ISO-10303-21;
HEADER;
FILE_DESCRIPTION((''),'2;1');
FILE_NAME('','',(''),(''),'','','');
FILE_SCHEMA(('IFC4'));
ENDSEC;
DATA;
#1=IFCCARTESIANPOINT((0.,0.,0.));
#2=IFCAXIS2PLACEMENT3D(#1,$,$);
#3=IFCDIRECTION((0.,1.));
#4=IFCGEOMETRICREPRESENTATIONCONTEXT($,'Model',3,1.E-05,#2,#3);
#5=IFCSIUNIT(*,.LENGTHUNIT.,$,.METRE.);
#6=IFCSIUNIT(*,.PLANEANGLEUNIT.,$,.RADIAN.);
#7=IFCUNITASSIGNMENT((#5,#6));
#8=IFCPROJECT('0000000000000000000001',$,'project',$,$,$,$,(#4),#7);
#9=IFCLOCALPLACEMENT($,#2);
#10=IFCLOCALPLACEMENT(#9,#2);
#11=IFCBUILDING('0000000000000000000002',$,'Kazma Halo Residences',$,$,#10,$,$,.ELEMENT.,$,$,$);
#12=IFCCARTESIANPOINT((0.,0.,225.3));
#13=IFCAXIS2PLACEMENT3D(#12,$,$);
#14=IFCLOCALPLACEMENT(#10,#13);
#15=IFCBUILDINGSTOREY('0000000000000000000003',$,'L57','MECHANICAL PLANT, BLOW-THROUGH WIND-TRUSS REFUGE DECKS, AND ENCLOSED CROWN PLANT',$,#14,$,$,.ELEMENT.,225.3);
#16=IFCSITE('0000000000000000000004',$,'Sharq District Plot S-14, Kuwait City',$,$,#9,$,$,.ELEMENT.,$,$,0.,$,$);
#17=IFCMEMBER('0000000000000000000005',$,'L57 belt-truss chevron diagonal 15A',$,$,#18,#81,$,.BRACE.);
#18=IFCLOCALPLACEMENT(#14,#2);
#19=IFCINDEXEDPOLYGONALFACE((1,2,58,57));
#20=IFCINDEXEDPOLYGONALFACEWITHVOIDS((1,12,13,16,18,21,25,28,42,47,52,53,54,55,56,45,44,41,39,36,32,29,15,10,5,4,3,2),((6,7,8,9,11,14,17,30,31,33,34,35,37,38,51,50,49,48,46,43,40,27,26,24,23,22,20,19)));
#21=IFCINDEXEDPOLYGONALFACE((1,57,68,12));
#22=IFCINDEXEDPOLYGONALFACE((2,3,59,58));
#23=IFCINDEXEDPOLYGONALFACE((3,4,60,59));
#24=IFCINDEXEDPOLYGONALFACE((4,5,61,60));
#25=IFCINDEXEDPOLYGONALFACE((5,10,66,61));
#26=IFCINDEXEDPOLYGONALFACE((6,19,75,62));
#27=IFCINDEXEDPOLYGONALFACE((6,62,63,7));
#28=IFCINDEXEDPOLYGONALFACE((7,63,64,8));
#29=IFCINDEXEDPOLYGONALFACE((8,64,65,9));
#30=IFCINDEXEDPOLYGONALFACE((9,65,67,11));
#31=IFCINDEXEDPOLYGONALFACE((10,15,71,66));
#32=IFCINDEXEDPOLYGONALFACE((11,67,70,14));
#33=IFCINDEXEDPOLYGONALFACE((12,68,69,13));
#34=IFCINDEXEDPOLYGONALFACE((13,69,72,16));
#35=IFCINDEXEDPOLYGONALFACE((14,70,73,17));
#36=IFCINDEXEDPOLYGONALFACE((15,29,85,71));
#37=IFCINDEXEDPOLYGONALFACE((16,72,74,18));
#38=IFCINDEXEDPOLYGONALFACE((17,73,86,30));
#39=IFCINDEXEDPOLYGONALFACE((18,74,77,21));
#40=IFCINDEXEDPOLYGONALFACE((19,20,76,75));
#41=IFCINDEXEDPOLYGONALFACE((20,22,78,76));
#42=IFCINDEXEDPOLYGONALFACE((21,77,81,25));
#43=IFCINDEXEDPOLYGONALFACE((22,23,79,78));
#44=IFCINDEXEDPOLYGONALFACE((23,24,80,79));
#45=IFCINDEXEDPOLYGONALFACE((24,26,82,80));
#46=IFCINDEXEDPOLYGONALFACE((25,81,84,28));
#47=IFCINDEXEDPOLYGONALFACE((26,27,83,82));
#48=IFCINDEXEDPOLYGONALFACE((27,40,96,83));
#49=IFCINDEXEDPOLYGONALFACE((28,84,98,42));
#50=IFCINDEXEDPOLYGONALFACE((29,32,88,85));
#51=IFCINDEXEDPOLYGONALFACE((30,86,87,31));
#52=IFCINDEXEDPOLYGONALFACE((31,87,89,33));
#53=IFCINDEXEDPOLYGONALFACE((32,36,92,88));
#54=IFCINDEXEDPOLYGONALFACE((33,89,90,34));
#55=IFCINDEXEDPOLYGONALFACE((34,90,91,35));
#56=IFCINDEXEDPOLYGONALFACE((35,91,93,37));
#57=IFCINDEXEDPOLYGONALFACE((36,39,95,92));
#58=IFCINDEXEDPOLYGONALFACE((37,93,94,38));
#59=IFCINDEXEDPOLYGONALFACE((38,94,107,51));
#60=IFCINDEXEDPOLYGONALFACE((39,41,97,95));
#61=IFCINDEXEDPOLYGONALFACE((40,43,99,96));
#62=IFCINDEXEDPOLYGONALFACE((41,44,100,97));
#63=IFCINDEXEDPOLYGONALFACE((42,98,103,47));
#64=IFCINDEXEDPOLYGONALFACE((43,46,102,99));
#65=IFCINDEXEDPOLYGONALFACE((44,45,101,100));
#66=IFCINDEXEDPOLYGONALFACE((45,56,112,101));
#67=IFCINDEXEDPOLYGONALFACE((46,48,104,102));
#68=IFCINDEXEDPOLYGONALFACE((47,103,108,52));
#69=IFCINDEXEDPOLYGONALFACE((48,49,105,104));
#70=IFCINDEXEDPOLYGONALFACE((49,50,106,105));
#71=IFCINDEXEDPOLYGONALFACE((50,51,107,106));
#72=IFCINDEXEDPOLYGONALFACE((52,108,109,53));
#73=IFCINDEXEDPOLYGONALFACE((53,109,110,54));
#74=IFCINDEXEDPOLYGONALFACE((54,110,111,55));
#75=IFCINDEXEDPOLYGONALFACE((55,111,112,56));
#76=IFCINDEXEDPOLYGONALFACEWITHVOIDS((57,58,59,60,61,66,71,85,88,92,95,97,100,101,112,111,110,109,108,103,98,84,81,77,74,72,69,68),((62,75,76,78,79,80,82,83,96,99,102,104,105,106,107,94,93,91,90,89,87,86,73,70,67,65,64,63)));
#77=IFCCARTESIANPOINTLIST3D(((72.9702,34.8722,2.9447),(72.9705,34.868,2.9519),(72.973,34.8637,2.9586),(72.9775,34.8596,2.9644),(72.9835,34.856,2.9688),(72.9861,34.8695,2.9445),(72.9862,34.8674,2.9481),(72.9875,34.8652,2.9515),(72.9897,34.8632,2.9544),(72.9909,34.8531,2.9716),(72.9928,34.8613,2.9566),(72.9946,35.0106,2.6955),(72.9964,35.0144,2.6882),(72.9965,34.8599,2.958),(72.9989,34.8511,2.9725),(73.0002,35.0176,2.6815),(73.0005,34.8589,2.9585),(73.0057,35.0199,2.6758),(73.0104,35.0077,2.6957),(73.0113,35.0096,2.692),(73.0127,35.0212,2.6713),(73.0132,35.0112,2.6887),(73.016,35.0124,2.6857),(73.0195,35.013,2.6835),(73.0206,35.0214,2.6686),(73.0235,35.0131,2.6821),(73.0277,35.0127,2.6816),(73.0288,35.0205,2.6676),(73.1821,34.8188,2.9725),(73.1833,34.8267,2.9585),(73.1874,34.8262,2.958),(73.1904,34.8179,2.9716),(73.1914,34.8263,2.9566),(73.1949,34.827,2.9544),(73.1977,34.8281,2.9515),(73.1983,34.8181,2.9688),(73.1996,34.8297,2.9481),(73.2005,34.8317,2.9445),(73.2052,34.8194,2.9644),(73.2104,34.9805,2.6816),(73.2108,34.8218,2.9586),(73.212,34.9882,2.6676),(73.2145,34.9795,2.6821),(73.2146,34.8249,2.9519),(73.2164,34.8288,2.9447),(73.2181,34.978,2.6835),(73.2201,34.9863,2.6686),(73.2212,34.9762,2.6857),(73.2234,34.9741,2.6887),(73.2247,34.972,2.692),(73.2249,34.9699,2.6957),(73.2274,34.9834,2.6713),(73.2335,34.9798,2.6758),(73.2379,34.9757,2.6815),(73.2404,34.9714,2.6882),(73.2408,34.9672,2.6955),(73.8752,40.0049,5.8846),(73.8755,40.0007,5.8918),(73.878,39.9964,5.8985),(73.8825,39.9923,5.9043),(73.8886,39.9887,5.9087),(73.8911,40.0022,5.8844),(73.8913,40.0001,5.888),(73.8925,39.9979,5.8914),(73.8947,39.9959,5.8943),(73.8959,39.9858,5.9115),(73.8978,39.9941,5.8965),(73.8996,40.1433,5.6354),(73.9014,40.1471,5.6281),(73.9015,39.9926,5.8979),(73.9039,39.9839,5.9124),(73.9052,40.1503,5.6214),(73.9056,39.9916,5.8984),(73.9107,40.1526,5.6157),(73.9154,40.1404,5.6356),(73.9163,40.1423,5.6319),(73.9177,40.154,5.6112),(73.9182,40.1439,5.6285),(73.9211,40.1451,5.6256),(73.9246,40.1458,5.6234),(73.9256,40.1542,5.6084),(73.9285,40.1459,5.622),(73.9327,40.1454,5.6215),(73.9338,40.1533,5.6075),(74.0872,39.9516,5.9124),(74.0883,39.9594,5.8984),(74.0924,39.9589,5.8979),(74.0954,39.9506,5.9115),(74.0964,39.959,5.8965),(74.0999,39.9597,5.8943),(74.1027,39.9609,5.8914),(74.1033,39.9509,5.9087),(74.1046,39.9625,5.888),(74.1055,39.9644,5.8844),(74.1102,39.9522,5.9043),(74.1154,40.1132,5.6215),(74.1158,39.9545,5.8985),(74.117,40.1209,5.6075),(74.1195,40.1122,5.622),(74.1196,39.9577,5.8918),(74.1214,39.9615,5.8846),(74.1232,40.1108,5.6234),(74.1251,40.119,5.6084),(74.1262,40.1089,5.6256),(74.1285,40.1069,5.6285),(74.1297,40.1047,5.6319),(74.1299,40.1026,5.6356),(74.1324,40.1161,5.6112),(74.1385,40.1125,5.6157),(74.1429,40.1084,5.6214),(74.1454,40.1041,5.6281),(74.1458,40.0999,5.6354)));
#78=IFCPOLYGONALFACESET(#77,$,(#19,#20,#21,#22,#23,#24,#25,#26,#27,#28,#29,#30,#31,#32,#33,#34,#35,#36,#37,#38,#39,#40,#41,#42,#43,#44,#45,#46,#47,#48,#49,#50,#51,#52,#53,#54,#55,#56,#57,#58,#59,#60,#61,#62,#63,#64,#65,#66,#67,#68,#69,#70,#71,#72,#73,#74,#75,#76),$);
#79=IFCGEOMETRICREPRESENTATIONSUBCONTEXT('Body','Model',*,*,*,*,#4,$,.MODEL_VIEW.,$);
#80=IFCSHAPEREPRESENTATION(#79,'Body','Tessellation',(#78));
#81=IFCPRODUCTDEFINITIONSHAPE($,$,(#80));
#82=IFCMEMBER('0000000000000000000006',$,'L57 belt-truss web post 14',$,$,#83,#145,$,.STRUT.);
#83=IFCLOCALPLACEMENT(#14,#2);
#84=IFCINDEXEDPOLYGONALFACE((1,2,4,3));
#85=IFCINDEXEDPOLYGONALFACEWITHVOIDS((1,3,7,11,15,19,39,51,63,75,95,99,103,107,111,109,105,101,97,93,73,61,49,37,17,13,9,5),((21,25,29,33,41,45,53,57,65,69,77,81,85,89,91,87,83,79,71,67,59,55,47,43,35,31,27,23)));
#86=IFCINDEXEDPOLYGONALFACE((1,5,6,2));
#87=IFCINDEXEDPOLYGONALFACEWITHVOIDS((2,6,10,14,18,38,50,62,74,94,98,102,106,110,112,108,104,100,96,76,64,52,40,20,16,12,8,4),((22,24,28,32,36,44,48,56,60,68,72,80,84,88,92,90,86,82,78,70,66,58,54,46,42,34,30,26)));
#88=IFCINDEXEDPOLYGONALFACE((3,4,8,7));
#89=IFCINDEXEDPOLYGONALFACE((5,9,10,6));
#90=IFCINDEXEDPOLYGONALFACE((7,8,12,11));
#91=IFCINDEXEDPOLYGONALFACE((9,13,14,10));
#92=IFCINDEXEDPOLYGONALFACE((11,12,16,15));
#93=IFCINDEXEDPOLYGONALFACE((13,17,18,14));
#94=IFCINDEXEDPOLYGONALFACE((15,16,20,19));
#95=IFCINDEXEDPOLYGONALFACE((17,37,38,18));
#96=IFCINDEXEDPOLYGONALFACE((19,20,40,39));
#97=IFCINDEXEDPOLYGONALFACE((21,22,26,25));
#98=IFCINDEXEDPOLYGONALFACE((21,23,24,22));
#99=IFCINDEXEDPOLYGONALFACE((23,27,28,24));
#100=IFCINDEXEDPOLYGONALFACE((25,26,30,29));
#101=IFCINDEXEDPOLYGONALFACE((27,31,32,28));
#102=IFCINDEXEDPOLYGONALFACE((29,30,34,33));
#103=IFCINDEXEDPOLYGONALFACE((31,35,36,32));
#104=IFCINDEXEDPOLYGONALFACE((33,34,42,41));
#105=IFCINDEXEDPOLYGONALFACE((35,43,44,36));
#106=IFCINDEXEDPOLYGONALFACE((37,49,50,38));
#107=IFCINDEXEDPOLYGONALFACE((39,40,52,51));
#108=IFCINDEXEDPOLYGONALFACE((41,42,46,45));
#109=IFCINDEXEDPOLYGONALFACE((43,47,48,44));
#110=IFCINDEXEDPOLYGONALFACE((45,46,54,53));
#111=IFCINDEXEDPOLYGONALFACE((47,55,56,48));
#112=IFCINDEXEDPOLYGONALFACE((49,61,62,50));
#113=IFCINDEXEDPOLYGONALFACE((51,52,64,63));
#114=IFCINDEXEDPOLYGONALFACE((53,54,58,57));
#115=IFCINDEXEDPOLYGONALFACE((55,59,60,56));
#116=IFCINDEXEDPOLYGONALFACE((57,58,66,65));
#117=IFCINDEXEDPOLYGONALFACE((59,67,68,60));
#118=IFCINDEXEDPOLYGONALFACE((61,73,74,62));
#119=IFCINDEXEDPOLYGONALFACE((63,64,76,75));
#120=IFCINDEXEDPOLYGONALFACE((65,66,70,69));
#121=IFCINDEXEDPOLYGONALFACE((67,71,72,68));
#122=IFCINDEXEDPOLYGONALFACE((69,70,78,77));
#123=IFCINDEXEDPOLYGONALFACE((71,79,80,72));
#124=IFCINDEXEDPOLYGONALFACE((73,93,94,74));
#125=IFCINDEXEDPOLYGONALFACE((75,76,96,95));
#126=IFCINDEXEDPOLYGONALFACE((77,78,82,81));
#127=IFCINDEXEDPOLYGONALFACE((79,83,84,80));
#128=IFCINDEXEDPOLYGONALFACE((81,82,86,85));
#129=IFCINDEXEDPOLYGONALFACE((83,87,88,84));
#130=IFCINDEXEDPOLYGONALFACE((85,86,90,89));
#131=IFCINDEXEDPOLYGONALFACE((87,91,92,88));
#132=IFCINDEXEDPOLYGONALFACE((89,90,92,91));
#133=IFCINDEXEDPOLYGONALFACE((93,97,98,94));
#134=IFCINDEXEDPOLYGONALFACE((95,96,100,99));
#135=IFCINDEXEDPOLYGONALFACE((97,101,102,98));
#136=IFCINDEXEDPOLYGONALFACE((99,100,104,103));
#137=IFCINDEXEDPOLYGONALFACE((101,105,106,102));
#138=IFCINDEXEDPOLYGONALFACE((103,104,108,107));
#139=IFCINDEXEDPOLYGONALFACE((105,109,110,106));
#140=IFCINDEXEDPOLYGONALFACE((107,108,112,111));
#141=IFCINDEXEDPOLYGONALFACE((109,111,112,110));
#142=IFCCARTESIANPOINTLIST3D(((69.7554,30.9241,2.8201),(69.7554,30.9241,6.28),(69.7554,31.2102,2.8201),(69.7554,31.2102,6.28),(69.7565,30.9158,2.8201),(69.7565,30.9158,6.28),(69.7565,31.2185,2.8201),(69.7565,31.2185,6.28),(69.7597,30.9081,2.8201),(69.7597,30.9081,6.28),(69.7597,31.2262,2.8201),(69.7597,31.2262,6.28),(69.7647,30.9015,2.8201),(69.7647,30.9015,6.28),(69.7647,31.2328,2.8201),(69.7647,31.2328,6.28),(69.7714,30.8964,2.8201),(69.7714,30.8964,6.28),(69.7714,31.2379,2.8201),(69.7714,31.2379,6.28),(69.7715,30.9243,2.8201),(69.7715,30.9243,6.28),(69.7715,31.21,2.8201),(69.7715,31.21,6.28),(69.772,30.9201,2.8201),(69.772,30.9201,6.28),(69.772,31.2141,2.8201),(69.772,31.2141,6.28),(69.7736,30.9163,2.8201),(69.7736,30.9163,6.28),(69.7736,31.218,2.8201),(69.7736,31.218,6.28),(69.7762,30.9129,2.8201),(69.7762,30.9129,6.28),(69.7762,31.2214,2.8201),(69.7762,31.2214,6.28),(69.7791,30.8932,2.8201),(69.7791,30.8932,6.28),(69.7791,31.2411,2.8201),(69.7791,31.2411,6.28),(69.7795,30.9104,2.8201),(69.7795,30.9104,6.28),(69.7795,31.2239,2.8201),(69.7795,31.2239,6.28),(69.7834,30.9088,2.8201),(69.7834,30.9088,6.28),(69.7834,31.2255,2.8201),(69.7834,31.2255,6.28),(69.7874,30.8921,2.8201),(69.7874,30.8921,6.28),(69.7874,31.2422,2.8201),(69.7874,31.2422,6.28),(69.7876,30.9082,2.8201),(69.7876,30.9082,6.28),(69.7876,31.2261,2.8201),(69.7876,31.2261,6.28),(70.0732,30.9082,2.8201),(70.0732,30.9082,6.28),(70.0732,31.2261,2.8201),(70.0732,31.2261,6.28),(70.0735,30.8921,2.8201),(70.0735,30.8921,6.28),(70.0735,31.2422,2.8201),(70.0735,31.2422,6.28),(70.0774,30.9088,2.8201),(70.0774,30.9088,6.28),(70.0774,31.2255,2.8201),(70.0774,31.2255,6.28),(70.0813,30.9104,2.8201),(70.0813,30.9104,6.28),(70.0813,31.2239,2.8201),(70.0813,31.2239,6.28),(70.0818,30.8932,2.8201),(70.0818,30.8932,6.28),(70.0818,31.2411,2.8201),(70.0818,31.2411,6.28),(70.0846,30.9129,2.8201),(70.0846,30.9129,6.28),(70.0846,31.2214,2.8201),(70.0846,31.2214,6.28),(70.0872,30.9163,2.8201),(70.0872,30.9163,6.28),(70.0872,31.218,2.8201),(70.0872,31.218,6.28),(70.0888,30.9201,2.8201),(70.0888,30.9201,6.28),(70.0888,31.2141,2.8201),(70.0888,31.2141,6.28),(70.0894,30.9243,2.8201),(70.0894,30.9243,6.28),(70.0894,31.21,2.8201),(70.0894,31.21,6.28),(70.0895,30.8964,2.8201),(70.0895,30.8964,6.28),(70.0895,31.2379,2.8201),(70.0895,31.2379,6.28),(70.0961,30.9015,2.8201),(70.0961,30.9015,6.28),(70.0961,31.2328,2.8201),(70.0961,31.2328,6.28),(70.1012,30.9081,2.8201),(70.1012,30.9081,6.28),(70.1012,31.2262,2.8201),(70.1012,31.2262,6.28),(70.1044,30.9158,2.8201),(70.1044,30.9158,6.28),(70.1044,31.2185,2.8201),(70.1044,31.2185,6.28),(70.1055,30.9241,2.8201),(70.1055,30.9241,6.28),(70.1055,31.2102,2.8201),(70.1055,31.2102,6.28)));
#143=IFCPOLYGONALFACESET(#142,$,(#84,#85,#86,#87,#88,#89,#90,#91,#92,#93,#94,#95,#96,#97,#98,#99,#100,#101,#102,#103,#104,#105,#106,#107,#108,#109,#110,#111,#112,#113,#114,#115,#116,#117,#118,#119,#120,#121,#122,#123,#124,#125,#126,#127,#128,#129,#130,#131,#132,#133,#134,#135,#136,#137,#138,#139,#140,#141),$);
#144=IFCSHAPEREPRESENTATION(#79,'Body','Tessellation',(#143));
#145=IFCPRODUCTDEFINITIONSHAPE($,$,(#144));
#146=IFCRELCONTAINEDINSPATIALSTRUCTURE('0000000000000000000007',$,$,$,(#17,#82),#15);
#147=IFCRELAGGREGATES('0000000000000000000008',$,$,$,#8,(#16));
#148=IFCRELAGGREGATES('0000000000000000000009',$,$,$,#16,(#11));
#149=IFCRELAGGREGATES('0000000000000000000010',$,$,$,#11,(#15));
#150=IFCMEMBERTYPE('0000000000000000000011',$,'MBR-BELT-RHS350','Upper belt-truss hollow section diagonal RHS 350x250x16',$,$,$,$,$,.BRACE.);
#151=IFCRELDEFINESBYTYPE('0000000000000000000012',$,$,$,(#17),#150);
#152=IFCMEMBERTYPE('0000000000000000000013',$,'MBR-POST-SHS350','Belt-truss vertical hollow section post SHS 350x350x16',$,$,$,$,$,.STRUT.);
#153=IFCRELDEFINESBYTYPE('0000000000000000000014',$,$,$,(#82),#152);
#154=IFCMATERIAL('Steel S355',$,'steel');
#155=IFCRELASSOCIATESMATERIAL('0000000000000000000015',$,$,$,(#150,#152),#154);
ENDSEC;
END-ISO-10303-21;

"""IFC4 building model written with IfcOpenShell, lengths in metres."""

from ifc_helpers import new_model, si_unit, direction, frame, origin, origin_2d, place, context, subcontext, project, spatial, hollow_rectangle, extrude, material, material_profile, profile_set, type_object, element, save


model = new_model("IFC4")

# Units and contexts
model_context = context("Model", 3, precision=1e-05, world=origin(), true_north=direction((0.0, 1.0)))
body_context = subcontext(model_context, "Body", "Model", "MODEL_VIEW")
ifc_project = project(units=[si_unit("LENGTHUNIT", "METRE"), si_unit("PLANEANGLEUNIT", "RADIAN")], contexts=[model_context])

# Site, building, storey
site_placement = place(None, origin())
site = spatial("IfcSite", under=ifc_project, at=site_placement, Name="Sharq District Plot S-14, Kuwait City", CompositionType="ELEMENT", RefElevation=0.0)
building_placement = place(site_placement, origin())
building = spatial("IfcBuilding", under=site, at=building_placement, Name="Kazma Halo Residences", CompositionType="ELEMENT")
storey_placement = place(building_placement, frame((0.0, 0.0, 225.3)))
storey = spatial("IfcBuildingStorey", under=building, at=storey_placement, Name="L57", Description="MECHANICAL PLANT, BLOW-THROUGH WIND-TRUSS REFUGE DECKS, AND ENCLOSED CROWN PLANT", CompositionType="ELEMENT", Elevation=225.3)

# Shared definitions
ifc_material_1 = material(Name="Steel S355", Category="steel")

# Members
ifc_material_profile_1 = material_profile(ifc_material_1, hollow_rectangle(XDim=0.25, YDim=0.3501, WallThickness=0.0161, InnerFilletRadius=0.0161, OuterFilletRadius=0.032, at=origin_2d()), Name="RHS350x250x16")
ifc_profile_set_1 = profile_set([ifc_material_profile_1], Name="Steel S355")
member_type_1 = type_object("IfcMemberType", Name="MBR-BELT-RHS350", Description="Upper belt-truss hollow section diagonal RHS 350x250x16", PredefinedType="BRACE", material=ifc_profile_set_1)
member_1_placement = place(storey_placement, frame((73.1055, 34.9197, 2.8201), z_axis=(0.151242, 0.857758, 0.491301), x_axis=(-0.984809, 0.173644, 0.0)))
element("IfcMember", 1, at=member_1_placement, inside=storey, type_object=member_type_1, Name="L57 belt-truss chevron diagonal 15A", PredefinedType="BRACE", context=body_context, shape_type="SweptSolid", body=[
    extrude(hollow_rectangle(XDim=0.25, YDim=0.3501, WallThickness=0.0161, InnerFilletRadius=0.0161, OuterFilletRadius=0.032, at=origin_2d()), origin(), (0.0, 0.0, 1.0), 5.9839),
])
ifc_material_profile_2 = material_profile(ifc_material_1, hollow_rectangle(XDim=0.3501, YDim=0.3501, WallThickness=0.0161, InnerFilletRadius=0.0161, OuterFilletRadius=0.032, at=origin_2d()), Name="SHS350x350x16")
ifc_profile_set_2 = profile_set([ifc_material_profile_2], Name="Steel S355")
member_type_2 = type_object("IfcMemberType", Name="MBR-POST-SHS350", Description="Belt-truss vertical hollow section post SHS 350x350x16", PredefinedType="STRUT", material=ifc_profile_set_2)
for number, where, z_axis, x_axis, name in (
    (2, (69.9304, 31.0671, 2.8201), (0.0, 0.0, 1.0), (1.0, 0.0, 0.0), "L57 belt-truss web post 14"),
):
    element("IfcMember", number, at=place(storey_placement, frame(where, z_axis=z_axis, x_axis=x_axis)), inside=storey, type_object=member_type_2, Name=name, PredefinedType="STRUT", context=body_context, shape_type="SweptSolid", body=[
        extrude(hollow_rectangle(XDim=0.3501, YDim=0.3501, WallThickness=0.0161, InnerFilletRadius=0.0161, OuterFilletRadius=0.032, at=origin_2d()), origin(), (0.0, 0.0, 1.0), 3.46),
    ])

save(model, "model.ifc")
